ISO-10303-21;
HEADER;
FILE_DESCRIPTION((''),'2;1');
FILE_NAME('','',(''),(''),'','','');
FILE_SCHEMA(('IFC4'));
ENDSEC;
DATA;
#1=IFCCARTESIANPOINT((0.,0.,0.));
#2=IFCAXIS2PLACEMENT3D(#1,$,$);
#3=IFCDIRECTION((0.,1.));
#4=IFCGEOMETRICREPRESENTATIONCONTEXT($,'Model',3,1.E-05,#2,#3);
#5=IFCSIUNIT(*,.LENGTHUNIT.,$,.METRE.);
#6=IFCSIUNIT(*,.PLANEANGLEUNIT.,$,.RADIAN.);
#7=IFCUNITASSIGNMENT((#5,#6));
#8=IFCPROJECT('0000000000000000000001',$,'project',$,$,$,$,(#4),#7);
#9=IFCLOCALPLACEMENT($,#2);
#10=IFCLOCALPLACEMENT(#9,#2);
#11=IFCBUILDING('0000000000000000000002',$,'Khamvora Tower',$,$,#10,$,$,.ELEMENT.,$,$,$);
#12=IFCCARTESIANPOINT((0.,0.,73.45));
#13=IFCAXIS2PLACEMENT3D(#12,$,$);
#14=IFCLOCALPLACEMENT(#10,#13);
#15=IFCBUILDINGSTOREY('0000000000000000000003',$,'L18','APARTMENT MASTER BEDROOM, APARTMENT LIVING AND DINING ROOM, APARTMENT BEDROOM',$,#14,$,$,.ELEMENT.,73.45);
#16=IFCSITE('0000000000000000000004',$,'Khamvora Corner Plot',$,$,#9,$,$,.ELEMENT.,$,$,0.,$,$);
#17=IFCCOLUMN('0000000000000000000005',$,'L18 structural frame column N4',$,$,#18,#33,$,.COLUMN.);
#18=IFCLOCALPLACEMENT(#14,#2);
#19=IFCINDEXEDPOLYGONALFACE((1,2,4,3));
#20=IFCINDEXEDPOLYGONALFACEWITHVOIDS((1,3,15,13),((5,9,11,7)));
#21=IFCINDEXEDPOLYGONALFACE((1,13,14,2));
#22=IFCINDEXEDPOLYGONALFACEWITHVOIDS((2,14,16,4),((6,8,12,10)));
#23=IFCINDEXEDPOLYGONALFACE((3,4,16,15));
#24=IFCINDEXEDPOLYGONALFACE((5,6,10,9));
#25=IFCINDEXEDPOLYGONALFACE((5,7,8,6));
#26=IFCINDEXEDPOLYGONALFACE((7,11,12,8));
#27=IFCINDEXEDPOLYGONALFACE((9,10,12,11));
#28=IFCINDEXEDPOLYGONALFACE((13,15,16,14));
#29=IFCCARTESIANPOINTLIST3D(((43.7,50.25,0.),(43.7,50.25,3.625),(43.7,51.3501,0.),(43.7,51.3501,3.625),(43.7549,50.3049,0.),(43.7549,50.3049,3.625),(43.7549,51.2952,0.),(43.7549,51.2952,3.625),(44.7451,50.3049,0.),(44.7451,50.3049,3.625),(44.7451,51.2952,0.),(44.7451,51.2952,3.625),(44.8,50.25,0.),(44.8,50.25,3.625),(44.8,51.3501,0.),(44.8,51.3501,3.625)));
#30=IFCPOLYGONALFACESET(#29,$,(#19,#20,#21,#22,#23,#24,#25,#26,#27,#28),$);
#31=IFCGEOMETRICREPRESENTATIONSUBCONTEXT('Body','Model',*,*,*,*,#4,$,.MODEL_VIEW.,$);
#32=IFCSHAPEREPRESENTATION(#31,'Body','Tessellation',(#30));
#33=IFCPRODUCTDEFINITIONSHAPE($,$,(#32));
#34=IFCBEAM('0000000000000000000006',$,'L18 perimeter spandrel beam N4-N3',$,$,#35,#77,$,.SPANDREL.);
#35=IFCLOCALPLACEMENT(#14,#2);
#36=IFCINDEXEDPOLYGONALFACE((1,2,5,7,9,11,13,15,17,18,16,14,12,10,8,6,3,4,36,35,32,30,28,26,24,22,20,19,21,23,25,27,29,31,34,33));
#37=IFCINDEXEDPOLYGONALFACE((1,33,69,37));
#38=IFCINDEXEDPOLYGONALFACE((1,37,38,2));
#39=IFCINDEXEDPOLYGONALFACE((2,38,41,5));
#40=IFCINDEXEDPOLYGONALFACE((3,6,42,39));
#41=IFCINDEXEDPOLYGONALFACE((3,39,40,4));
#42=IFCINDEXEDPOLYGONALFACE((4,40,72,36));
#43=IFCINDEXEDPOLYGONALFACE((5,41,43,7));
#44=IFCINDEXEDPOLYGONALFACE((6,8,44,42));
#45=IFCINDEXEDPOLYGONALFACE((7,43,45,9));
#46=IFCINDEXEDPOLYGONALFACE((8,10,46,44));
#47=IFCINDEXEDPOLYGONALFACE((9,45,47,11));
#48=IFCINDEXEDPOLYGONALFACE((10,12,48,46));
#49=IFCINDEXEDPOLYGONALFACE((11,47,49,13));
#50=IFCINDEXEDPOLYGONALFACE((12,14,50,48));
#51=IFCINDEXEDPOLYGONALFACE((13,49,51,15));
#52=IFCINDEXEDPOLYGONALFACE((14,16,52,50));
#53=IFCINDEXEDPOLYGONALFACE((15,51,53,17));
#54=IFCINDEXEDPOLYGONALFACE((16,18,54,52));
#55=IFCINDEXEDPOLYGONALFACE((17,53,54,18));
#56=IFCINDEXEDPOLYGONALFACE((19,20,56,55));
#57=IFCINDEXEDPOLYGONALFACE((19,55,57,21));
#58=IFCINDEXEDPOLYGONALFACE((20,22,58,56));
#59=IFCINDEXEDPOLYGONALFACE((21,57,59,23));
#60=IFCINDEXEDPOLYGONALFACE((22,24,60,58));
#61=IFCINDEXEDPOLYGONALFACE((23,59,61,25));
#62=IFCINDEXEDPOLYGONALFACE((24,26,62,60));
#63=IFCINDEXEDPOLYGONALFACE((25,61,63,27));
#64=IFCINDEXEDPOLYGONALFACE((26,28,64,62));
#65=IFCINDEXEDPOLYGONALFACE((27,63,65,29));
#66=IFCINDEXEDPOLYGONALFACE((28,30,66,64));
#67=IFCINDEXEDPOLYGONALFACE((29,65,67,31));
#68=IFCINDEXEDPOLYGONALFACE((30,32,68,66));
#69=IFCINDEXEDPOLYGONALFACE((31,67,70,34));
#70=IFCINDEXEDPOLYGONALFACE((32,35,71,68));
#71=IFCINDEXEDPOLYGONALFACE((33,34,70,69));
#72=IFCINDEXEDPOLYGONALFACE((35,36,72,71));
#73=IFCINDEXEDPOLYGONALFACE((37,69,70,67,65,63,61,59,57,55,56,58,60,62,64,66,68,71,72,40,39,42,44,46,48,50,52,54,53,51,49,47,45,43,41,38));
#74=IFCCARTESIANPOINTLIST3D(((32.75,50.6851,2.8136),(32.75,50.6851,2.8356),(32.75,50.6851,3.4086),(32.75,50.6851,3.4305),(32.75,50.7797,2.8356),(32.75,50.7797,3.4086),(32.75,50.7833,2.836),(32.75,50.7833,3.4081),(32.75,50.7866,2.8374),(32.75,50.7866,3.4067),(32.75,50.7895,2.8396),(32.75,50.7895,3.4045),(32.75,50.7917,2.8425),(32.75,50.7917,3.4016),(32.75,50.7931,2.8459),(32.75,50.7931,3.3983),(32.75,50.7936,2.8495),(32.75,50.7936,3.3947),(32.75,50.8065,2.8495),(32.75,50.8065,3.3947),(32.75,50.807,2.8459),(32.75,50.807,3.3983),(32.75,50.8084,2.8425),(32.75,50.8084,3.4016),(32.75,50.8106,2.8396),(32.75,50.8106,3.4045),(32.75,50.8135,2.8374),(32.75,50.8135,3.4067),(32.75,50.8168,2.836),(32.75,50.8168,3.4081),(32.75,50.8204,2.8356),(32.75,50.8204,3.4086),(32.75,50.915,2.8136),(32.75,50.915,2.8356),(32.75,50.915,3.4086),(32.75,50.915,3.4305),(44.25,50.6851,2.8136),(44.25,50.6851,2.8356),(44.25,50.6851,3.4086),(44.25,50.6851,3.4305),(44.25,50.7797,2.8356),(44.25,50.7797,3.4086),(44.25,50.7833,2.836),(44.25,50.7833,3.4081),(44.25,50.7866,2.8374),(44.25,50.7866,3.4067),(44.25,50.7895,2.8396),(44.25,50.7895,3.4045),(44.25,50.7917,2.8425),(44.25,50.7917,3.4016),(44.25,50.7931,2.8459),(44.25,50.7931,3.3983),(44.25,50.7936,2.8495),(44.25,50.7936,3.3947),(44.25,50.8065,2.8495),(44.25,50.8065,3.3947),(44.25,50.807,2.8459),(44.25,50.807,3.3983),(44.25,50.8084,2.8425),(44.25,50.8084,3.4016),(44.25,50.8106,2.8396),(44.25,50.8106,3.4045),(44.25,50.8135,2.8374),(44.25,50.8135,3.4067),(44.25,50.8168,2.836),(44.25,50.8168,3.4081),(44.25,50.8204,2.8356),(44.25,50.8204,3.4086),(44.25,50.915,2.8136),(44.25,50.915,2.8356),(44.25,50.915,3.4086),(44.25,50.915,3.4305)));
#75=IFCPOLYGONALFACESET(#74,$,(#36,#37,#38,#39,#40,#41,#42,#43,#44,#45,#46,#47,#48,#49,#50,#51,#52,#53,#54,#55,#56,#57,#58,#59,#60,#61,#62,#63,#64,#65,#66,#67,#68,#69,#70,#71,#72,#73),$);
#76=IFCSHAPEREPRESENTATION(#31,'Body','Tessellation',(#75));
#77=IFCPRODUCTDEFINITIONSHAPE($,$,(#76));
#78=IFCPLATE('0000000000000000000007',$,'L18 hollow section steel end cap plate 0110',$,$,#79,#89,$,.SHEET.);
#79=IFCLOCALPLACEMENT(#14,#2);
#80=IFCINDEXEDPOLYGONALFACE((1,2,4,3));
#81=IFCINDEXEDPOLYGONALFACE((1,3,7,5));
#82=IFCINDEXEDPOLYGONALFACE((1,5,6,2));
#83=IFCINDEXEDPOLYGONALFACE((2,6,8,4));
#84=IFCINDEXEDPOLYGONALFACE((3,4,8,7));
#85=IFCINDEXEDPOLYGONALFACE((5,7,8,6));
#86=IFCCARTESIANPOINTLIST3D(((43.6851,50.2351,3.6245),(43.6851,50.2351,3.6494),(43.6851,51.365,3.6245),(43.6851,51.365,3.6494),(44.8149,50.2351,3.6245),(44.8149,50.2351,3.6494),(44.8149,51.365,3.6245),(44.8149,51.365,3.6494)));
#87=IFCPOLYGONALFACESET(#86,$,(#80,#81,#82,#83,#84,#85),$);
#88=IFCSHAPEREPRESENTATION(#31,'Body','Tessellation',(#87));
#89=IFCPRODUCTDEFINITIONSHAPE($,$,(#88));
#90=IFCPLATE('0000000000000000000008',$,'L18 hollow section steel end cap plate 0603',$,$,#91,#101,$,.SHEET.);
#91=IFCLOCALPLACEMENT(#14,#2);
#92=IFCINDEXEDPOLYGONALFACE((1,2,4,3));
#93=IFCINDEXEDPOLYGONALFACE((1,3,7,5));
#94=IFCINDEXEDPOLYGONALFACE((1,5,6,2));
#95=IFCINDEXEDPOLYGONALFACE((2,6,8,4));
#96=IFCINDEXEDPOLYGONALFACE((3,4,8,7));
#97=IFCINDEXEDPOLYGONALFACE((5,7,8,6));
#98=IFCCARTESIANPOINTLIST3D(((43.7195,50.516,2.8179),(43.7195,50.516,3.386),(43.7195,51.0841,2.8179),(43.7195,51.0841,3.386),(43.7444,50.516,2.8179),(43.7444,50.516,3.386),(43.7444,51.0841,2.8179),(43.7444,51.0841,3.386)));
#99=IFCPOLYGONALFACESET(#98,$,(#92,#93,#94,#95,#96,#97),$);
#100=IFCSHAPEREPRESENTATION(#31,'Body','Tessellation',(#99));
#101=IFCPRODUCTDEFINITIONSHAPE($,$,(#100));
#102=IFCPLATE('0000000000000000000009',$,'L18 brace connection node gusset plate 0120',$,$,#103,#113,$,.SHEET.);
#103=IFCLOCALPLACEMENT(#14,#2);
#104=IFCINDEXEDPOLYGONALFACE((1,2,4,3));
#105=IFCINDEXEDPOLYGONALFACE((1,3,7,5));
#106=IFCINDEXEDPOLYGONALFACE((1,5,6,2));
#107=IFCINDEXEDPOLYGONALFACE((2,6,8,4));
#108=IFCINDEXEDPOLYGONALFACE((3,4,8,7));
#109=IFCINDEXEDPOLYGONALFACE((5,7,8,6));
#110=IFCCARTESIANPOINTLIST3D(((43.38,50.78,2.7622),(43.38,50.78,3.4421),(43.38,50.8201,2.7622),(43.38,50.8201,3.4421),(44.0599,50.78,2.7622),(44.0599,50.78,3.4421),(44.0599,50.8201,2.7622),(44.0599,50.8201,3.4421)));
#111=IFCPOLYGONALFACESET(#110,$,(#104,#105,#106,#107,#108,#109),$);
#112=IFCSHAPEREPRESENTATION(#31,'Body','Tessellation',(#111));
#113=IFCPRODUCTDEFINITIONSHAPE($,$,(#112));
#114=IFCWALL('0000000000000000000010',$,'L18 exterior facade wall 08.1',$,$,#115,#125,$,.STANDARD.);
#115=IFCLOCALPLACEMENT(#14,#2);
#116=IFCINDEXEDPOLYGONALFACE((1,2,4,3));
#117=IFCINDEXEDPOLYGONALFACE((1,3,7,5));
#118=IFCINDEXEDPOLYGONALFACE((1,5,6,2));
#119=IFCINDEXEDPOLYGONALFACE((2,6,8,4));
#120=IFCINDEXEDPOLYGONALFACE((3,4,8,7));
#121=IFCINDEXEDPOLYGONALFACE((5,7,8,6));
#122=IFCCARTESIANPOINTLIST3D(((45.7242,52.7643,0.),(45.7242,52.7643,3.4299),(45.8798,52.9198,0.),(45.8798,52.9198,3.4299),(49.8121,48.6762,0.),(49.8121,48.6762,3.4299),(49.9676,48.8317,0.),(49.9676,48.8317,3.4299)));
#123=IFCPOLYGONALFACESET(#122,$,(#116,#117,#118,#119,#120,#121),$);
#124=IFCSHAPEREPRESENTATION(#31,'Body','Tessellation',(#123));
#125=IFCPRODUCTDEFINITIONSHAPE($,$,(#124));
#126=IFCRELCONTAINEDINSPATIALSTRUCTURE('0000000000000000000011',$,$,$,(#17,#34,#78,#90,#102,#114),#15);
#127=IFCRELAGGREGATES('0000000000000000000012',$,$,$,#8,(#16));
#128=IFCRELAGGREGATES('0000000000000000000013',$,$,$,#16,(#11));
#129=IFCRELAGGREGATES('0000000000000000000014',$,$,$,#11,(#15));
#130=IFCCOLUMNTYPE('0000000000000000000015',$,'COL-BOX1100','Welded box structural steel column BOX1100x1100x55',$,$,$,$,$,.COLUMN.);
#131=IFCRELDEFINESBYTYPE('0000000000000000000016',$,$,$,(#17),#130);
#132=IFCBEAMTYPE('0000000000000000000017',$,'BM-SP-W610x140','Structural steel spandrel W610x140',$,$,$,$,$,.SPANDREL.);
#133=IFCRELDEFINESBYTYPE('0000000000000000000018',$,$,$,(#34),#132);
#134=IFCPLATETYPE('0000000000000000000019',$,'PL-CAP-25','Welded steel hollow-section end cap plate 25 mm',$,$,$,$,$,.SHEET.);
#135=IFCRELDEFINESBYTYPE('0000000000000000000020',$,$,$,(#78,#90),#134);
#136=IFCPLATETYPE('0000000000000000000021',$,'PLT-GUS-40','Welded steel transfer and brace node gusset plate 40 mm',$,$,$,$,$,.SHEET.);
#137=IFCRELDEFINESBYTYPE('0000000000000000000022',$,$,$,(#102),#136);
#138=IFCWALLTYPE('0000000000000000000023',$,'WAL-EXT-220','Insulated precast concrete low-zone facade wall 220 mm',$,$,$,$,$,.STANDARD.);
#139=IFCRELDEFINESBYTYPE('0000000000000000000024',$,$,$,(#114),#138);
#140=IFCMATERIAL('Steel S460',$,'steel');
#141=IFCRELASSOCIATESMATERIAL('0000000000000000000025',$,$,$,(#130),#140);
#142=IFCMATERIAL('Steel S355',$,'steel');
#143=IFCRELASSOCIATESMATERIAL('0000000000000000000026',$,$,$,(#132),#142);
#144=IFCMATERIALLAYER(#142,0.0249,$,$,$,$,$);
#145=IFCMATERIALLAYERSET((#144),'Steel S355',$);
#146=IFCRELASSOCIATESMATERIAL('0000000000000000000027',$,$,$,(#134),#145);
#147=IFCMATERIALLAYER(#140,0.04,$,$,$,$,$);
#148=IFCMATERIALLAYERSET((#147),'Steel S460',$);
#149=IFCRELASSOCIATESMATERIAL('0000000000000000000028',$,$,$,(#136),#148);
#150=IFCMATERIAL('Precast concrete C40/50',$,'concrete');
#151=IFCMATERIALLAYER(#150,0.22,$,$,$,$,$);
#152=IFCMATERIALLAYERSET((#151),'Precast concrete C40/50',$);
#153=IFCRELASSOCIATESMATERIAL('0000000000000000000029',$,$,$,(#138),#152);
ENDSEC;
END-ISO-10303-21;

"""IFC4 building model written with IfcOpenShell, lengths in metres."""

from ifc_helpers import new_model, si_unit, direction, frame, frame_2d, origin, origin_2d, place, context, subcontext, project, spatial, rectangle, hollow_rectangle, i_section, extrude, material, layer, layer_set, material_profile, profile_set, type_object, element, save


model = new_model("IFC4")

# Units and contexts
model_context = context("Model", 3, precision=1e-05, world=origin(), true_north=direction((0.0, 1.0)))
body_context = subcontext(model_context, "Body", "Model", "MODEL_VIEW")
ifc_project = project(units=[si_unit("LENGTHUNIT", "METRE"), si_unit("PLANEANGLEUNIT", "RADIAN")], contexts=[model_context])

# Site, building, storey
site_placement = place(None, origin())
site = spatial("IfcSite", under=ifc_project, at=site_placement, Name="Khamvora Corner Plot", CompositionType="ELEMENT", RefElevation=0.0)
building_placement = place(site_placement, origin())
building = spatial("IfcBuilding", under=site, at=building_placement, Name="Khamvora Tower", CompositionType="ELEMENT")
storey_placement = place(building_placement, frame((0.0, 0.0, 73.45)))
storey = spatial("IfcBuildingStorey", under=building, at=storey_placement, Name="L18", Description="APARTMENT MASTER BEDROOM, APARTMENT LIVING AND DINING ROOM, APARTMENT BEDROOM", CompositionType="ELEMENT", Elevation=73.45)

# Column
ifc_material_1 = material(Name="Steel S460", Category="steel")
ifc_material_profile_1 = material_profile(ifc_material_1, hollow_rectangle(XDim=1.1001, YDim=1.1001, WallThickness=0.0549, at=origin_2d()), Name="BOX1100x1100x55")
ifc_profile_set_1 = profile_set([ifc_material_profile_1], Name="Steel S460")
column_type = type_object("IfcColumnType", Name="COL-BOX1100", Description="Welded box structural steel column BOX1100x1100x55", PredefinedType="COLUMN", material=ifc_profile_set_1)
column_placement = place(storey_placement, frame((44.25, 50.8, 0.0), z_axis=(0.0, 0.0, 1.0), x_axis=(1.0, 0.0, 0.0)))
element("IfcColumn", 1, at=column_placement, inside=storey, type_object=column_type, Name="L18 structural frame column N4", PredefinedType="COLUMN", context=body_context, shape_type="SweptSolid", body=[
    extrude(hollow_rectangle(XDim=1.1001, YDim=1.1001, WallThickness=0.0549, at=origin_2d()), origin(), (0.0, 0.0, 1.0), 3.625),
])

# Beam
ifc_material_2 = material(Name="Steel S355", Category="steel")
ifc_material_profile_2 = material_profile(ifc_material_2, i_section(OverallWidth=0.23, OverallDepth=0.6169, WebThickness=0.0129, FlangeThickness=0.022, FilletRadius=0.0139, at=origin_2d()), Name="W610x140")
ifc_profile_set_2 = profile_set([ifc_material_profile_2], Name="Steel S355")
beam_type = type_object("IfcBeamType", Name="BM-SP-W610x140", Description="Structural steel spandrel W610x140", PredefinedType="SPANDREL", material=ifc_profile_set_2)
beam_placement = place(storey_placement, frame((44.25, 50.8, 3.1221), z_axis=(-1.0, 0.0, 0.0), x_axis=(0.0, -1.0, 0.0)))
element("IfcBeam", 2, at=beam_placement, inside=storey, type_object=beam_type, Name="L18 perimeter spandrel beam N4-N3", PredefinedType="SPANDREL", context=body_context, shape_type="SweptSolid", body=[
    extrude(i_section(OverallWidth=0.23, OverallDepth=0.6169, WebThickness=0.0129, FlangeThickness=0.022, FilletRadius=0.0139, at=origin_2d()), origin(), (0.0, 0.0, 1.0), 11.5),
])

# Plates
ifc_layer_1 = layer(ifc_material_2, 0.0249)
ifc_layer_set_1 = layer_set([ifc_layer_1], Name="Steel S355")
plate_type_1 = type_object("IfcPlateType", Name="PL-CAP-25", Description="Welded steel hollow-section end cap plate 25 mm", PredefinedType="SHEET", material=ifc_layer_set_1)
plate_1_placement = place(storey_placement, frame((44.25, 50.8, 3.6245), z_axis=(0.0, 0.0, 1.0), x_axis=(1.0, 0.0, 0.0)))
element("IfcPlate", 3, at=plate_1_placement, inside=storey, type_object=plate_type_1, Name="L18 hollow section steel end cap plate 0110", PredefinedType="SHEET", context=body_context, shape_type="SweptSolid", body=[
    extrude(rectangle(XDim=1.1299, YDim=1.1299, at=origin_2d()), origin(), (0.0, 0.0, 1.0), 0.0249),
])
plate_2_placement = place(storey_placement, frame((43.7319, 50.8, 2.8179), z_axis=(0.0, 0.0, 1.0), x_axis=(1.0, 0.0, 0.0)))
element("IfcPlate", 4, at=plate_2_placement, inside=storey, type_object=plate_type_1, Name="L18 hollow section steel end cap plate 0603", PredefinedType="SHEET", context=body_context, shape_type="SweptSolid", body=[
    extrude(rectangle(XDim=0.0249, YDim=0.5681, at=origin_2d()), origin(), (0.0, 0.0, 1.0), 0.5681),
])
ifc_layer_2 = layer(ifc_material_1, 0.04)
ifc_layer_set_2 = layer_set([ifc_layer_2], Name="Steel S460")
plate_type_2 = type_object("IfcPlateType", Name="PLT-GUS-40", Description="Welded steel transfer and brace node gusset plate 40 mm", PredefinedType="SHEET", material=ifc_layer_set_2)
plate_3_placement = place(storey_placement, frame((43.72, 50.8, 2.7622), z_axis=(0.0, 0.0, 1.0), x_axis=(1.0, 0.0, 0.0)))
element("IfcPlate", 5, at=plate_3_placement, inside=storey, type_object=plate_type_2, Name="L18 brace connection node gusset plate 0120", PredefinedType="SHEET", context=body_context, shape_type="SweptSolid", body=[
    extrude(rectangle(XDim=0.6799, YDim=0.04, at=origin_2d()), origin(), (0.0, 0.0, 1.0), 0.6799),
])

# Wall
ifc_material_3 = material(Name="Precast concrete C40/50", Category="concrete")
ifc_layer_3 = layer(ifc_material_3, 0.22)
ifc_layer_set_3 = layer_set([ifc_layer_3], Name="Precast concrete C40/50")
wall_type_1 = type_object("IfcWallType", Name="WAL-EXT-220", Description="Insulated precast concrete low-zone facade wall 220 mm", PredefinedType="STANDARD", material=ifc_layer_set_3)
wall_1_placement = place(storey_placement, frame((45.802, 52.842, 0.0), z_axis=(0.0, 0.0, 1.0), x_axis=(0.707086, -0.707128, 0.0)))
element("IfcWall", 6, at=wall_1_placement, inside=storey, type_object=wall_type_1, Name="L18 exterior facade wall 08.1", PredefinedType="STANDARD", context=body_context, shape_type="SweptSolid", body=[
    extrude(rectangle(XDim=5.7812, YDim=0.22, at=frame_2d((2.8906, 0.0))), origin(), (0.0, 0.0, 1.0), 3.4299),
])

save(model, "model.ifc")
